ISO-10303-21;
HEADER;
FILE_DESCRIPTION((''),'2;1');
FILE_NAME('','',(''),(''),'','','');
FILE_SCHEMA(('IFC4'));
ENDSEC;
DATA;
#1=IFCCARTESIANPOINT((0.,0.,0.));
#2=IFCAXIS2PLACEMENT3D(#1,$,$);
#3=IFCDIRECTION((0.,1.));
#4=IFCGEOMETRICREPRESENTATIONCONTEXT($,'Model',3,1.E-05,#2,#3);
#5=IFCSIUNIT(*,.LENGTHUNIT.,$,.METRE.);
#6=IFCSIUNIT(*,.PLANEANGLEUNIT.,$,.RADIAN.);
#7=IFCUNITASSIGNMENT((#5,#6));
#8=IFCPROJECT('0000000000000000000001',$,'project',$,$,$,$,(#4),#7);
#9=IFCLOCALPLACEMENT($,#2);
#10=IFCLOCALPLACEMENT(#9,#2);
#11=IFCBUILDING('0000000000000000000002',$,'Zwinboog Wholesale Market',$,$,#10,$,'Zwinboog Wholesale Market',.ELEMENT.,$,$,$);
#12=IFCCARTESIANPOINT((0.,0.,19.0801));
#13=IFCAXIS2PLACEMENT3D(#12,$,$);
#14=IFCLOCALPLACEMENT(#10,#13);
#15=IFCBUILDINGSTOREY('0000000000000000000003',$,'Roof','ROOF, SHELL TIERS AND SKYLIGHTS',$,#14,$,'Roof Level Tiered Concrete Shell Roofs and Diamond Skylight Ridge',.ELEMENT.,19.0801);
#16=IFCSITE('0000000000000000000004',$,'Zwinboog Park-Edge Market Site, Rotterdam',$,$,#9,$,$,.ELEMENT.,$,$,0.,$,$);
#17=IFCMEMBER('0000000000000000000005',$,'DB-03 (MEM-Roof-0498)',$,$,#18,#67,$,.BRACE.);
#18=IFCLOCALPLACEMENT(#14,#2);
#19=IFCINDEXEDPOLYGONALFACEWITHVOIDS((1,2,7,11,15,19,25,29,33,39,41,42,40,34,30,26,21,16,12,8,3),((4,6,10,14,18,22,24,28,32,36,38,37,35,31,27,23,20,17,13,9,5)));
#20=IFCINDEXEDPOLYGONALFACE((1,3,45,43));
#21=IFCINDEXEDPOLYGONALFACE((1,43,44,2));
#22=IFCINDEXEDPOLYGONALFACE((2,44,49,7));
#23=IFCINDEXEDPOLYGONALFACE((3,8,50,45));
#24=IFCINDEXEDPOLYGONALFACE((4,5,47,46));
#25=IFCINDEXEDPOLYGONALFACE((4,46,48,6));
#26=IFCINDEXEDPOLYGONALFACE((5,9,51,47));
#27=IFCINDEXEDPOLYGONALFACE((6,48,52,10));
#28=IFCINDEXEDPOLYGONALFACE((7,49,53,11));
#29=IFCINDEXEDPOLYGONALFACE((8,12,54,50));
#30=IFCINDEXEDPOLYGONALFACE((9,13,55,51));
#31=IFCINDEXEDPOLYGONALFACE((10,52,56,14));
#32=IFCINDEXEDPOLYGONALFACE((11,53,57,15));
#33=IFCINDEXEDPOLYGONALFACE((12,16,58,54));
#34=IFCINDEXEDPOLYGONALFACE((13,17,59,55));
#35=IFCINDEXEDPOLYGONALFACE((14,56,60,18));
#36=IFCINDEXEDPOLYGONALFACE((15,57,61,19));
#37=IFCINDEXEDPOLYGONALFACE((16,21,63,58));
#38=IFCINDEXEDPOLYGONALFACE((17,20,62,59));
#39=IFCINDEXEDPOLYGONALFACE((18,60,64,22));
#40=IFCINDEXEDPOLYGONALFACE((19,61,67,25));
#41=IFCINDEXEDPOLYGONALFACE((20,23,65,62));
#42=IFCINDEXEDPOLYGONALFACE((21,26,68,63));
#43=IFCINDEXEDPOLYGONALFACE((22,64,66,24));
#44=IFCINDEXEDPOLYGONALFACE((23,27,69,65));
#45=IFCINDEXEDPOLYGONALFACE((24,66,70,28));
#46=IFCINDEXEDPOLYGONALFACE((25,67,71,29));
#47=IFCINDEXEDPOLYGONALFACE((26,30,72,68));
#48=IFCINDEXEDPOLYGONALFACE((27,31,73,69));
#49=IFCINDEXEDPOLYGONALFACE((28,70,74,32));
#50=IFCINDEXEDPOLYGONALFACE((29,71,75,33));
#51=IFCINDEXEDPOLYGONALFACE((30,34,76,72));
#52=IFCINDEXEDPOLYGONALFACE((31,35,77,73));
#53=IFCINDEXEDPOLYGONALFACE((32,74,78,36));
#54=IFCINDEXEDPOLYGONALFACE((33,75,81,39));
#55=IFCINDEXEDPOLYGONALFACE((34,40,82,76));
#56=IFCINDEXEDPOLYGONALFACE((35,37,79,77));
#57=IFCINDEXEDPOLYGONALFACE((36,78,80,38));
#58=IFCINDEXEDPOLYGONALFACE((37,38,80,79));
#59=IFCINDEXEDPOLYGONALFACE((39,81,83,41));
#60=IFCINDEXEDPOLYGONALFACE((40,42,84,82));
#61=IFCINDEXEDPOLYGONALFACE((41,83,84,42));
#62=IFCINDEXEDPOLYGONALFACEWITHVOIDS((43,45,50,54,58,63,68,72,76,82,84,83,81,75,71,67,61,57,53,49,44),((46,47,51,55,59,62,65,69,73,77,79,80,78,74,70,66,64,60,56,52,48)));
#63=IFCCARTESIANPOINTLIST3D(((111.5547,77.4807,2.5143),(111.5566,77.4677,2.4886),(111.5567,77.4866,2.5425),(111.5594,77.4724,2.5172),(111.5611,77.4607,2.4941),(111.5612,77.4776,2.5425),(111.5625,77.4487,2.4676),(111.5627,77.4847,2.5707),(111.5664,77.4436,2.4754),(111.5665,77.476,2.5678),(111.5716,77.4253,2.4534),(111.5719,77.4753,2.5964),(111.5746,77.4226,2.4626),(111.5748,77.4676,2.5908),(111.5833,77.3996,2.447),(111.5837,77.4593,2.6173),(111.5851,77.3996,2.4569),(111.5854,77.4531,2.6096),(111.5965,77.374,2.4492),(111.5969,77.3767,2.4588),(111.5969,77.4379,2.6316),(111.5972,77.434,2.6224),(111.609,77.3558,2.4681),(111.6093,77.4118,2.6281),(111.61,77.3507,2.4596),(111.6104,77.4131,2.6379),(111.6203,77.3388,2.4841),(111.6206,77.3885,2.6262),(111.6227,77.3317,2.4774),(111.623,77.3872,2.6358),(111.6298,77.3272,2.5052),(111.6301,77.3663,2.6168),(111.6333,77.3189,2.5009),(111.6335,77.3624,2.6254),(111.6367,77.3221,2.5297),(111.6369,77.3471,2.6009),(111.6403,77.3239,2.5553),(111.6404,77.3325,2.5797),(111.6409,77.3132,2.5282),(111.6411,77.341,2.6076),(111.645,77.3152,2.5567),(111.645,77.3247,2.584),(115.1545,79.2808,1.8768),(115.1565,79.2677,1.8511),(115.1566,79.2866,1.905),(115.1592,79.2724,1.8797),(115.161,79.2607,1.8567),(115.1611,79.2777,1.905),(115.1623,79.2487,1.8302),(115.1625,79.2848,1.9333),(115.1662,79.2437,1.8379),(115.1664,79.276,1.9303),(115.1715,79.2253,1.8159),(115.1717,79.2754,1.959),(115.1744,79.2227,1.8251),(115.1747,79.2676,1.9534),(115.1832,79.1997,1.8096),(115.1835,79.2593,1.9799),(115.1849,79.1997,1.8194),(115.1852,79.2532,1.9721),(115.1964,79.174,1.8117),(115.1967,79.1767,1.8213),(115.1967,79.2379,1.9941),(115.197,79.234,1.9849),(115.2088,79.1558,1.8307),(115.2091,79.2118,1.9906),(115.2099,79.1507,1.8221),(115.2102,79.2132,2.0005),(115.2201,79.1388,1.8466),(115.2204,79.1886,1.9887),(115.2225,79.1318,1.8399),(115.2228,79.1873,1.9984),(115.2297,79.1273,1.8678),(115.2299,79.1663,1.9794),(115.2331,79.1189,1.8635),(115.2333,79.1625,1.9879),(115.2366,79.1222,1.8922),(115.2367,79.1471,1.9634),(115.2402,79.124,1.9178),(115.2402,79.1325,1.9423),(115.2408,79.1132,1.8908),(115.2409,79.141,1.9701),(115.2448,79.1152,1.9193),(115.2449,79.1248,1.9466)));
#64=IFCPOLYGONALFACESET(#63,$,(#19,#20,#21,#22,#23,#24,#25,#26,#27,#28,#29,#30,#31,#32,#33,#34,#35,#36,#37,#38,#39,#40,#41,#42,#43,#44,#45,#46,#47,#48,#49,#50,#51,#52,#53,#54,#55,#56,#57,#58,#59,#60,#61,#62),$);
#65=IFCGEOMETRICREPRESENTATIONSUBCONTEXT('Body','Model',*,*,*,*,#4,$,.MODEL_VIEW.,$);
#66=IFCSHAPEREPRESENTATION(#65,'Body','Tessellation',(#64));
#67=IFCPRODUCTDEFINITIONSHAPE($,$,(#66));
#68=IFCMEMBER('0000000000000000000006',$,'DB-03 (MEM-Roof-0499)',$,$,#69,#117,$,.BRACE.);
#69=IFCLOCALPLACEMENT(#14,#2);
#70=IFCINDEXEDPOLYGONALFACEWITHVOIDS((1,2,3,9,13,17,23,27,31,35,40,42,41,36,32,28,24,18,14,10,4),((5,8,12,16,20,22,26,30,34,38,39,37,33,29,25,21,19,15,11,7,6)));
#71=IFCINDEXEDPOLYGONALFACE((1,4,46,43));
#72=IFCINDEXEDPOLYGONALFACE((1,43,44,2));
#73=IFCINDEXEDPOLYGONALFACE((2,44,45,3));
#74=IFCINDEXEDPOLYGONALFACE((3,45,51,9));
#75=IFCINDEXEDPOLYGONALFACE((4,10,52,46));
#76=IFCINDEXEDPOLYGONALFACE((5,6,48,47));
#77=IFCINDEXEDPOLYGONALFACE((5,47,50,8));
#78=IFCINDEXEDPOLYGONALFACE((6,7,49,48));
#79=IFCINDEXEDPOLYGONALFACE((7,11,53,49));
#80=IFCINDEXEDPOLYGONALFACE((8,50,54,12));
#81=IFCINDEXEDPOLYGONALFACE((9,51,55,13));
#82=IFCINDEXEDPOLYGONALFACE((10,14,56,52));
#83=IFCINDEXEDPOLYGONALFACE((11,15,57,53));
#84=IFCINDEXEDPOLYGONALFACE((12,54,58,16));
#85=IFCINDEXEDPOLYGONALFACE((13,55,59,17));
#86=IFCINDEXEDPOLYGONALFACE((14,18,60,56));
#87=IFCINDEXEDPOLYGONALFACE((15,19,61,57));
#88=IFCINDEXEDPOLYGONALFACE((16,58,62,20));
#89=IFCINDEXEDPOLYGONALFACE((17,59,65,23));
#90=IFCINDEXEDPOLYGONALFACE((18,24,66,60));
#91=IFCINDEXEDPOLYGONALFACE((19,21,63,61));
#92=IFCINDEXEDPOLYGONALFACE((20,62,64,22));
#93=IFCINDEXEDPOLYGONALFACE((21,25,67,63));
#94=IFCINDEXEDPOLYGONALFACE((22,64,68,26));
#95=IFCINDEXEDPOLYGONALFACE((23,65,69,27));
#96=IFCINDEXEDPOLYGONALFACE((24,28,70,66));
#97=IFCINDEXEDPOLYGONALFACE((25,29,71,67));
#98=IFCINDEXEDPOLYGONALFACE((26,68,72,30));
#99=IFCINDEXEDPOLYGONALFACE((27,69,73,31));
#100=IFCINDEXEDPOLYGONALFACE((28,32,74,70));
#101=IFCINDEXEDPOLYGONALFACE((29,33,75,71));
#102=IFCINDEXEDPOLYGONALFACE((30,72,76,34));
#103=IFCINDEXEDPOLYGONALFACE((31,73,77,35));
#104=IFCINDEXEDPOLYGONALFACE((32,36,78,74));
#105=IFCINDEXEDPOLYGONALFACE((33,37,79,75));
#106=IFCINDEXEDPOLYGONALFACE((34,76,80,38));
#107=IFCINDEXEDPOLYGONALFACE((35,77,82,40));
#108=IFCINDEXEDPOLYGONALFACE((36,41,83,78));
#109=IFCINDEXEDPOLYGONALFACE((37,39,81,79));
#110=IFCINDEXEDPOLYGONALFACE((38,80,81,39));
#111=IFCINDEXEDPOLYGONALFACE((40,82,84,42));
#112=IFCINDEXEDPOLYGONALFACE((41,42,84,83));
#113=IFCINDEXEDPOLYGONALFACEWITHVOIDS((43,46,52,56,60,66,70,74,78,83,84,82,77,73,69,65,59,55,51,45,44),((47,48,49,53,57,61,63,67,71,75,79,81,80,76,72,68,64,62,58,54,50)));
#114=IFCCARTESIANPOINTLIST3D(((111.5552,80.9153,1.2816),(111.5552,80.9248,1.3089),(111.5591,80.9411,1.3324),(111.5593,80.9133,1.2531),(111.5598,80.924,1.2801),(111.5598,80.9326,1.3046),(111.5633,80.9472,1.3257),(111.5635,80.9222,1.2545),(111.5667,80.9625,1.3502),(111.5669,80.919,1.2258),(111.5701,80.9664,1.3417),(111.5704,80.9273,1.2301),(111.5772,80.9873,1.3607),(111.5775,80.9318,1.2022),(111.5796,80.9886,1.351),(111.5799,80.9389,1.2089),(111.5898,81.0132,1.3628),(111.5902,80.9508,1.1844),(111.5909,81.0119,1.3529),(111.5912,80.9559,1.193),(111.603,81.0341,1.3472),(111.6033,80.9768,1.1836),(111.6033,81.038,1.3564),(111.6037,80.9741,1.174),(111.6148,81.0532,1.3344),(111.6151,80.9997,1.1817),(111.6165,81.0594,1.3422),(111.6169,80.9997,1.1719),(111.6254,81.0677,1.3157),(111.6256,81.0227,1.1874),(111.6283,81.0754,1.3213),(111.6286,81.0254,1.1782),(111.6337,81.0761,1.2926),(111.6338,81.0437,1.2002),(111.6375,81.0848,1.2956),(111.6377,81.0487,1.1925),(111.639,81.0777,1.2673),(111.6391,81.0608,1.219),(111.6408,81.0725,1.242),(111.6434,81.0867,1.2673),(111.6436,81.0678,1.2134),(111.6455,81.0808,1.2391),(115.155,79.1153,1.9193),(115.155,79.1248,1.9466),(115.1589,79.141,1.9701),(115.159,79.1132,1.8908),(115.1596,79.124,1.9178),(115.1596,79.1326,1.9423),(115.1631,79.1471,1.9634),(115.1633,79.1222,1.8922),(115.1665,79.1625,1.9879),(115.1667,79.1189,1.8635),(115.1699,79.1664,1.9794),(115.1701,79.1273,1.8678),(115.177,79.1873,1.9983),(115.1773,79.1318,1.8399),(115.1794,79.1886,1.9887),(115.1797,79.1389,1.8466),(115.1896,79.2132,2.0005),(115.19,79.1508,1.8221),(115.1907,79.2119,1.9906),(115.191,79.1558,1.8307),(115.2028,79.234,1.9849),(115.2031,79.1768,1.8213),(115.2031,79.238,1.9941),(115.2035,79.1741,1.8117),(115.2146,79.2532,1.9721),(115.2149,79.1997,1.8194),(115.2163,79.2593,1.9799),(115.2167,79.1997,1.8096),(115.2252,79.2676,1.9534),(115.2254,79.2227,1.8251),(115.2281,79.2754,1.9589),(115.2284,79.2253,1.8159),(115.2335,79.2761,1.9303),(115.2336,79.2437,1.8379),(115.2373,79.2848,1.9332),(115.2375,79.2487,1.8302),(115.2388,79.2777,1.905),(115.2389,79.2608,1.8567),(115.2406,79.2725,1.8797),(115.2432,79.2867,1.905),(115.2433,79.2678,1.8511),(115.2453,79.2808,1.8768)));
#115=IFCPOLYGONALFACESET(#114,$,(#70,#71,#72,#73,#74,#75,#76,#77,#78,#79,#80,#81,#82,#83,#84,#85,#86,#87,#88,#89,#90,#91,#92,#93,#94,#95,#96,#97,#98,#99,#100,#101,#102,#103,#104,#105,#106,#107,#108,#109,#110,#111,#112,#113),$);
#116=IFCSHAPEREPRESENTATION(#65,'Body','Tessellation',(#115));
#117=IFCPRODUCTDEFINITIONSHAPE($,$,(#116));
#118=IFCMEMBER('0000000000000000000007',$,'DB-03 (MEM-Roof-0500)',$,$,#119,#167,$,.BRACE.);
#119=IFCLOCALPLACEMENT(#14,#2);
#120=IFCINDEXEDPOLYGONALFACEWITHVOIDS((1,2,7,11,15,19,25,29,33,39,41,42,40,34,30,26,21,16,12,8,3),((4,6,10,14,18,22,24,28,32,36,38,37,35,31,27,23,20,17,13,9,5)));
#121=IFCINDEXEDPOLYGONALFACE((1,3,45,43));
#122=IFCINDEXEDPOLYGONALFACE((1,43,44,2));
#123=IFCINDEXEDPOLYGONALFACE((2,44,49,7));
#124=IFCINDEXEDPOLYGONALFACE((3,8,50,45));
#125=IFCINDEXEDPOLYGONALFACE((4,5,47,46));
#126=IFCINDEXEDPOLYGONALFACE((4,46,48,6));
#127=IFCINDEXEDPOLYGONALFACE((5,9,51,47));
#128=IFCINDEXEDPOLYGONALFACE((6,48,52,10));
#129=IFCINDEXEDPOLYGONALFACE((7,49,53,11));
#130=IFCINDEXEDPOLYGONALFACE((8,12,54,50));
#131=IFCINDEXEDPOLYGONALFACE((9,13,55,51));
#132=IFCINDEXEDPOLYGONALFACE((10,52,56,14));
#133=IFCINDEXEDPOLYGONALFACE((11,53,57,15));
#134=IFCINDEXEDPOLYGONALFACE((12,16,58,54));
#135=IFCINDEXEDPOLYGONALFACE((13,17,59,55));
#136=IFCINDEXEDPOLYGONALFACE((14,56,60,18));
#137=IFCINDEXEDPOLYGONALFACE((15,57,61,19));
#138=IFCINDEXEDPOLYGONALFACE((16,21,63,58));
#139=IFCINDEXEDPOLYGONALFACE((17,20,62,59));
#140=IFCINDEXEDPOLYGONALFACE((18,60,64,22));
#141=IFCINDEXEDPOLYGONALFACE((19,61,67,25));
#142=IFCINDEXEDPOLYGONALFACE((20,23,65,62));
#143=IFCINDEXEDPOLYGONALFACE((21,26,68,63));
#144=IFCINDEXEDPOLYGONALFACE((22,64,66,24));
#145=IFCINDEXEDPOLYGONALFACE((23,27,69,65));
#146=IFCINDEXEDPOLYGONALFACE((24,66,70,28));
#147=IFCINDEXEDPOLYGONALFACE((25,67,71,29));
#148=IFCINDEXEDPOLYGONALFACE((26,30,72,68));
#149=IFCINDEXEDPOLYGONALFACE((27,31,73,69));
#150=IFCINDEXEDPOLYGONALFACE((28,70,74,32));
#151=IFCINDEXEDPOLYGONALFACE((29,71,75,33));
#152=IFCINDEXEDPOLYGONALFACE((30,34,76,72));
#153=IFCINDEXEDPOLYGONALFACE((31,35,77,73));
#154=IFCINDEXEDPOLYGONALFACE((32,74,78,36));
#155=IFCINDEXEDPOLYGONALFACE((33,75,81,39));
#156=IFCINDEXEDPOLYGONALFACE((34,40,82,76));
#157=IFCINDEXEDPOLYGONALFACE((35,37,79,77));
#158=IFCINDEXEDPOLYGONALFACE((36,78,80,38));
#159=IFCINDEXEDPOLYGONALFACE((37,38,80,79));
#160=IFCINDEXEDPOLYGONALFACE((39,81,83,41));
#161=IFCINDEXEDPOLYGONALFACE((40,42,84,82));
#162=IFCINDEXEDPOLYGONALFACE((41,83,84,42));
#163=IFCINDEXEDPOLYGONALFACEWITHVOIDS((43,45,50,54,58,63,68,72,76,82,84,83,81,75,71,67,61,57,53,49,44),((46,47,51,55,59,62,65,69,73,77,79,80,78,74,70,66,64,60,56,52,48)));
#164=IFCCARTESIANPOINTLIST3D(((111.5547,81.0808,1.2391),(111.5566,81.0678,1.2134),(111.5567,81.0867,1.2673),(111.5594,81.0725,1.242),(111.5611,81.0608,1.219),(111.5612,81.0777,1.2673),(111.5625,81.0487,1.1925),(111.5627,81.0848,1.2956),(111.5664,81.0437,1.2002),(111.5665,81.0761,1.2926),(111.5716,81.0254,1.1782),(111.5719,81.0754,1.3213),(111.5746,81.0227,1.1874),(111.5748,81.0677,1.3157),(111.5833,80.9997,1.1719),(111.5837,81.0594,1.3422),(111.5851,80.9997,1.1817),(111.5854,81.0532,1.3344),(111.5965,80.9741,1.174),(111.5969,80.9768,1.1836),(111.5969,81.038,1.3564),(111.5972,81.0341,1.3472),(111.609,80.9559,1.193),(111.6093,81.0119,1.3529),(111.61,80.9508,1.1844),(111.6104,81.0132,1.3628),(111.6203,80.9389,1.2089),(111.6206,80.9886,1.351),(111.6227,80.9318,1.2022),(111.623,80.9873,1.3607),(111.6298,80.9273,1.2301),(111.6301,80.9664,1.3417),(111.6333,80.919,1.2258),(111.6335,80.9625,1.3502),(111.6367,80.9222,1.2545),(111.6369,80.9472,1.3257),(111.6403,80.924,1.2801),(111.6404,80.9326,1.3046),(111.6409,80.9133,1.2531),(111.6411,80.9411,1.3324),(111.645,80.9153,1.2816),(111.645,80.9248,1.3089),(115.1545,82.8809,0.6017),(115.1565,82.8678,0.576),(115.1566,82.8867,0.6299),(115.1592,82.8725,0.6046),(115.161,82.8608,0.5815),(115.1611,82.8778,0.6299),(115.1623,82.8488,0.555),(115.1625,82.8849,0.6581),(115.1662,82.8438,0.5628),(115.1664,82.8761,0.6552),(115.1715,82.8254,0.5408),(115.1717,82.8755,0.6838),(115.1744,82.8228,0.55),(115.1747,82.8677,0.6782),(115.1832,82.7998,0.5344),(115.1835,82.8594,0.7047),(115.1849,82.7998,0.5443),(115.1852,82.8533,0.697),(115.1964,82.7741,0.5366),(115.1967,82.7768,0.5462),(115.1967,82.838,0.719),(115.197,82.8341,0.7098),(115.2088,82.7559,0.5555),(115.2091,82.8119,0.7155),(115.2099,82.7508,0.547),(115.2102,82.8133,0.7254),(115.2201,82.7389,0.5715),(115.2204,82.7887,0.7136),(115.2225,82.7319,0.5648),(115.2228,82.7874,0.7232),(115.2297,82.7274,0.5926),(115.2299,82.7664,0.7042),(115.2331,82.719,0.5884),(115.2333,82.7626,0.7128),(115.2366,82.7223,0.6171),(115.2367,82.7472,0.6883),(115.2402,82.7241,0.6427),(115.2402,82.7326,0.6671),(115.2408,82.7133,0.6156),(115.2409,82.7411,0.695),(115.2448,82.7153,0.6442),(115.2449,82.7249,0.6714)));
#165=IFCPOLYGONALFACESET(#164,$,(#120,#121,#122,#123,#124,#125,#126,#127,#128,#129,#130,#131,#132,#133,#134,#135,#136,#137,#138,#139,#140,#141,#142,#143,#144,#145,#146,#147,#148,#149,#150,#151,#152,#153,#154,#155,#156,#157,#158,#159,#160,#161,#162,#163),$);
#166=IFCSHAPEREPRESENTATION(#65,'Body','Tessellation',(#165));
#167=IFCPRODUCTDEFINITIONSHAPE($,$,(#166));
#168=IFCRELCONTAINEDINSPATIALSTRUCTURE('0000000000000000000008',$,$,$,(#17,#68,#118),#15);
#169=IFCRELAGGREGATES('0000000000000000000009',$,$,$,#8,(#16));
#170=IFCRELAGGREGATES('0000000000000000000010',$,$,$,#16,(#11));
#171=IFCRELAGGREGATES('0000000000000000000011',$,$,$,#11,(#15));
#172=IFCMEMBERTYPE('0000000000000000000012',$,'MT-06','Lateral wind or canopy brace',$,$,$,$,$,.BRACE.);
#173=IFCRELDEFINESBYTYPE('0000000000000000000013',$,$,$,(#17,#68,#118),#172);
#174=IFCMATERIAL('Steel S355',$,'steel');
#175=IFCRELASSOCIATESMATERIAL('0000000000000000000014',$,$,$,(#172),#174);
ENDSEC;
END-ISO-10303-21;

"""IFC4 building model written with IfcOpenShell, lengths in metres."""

from ifc_helpers import new_model, si_unit, direction, frame, origin, origin_2d, place, context, subcontext, project, spatial, hollow_circle, extrude, material, material_profile, profile_set, type_object, element, save


model = new_model("IFC4")

# Units and contexts
model_context = context("Model", 3, precision=1e-05, world=origin(), true_north=direction((0.0, 1.0)))
body_context = subcontext(model_context, "Body", "Model", "MODEL_VIEW")
ifc_project = project(units=[si_unit("LENGTHUNIT", "METRE"), si_unit("PLANEANGLEUNIT", "RADIAN")], contexts=[model_context])

# Site, building, storey
site_placement = place(None, origin())
site = spatial("IfcSite", under=ifc_project, at=site_placement, Name="Zwinboog Park-Edge Market Site, Rotterdam", CompositionType="ELEMENT", RefElevation=0.0)
building_placement = place(site_placement, origin())
building = spatial("IfcBuilding", under=site, at=building_placement, Name="Zwinboog Wholesale Market", LongName="Zwinboog Wholesale Market", CompositionType="ELEMENT")
storey_placement = place(building_placement, frame((0.0, 0.0, 19.0801)))
storey = spatial("IfcBuildingStorey", under=building, at=storey_placement, Name="Roof", Description="ROOF, SHELL TIERS AND SKYLIGHTS", LongName="Roof Level Tiered Concrete Shell Roofs and Diamond Skylight Ridge", CompositionType="ELEMENT", Elevation=19.0801)

# Members
ifc_material_1 = material(Name="Steel S355", Category="steel")
ifc_material_profile_1 = material_profile(ifc_material_1, hollow_circle(Radius=0.0969, WallThickness=0.01, at=origin_2d()), Name="CHS 193.7x10")
ifc_profile_set_1 = profile_set([ifc_material_profile_1], Name="Steel S355")
member_type_1 = type_object("IfcMemberType", Name="MT-06", Description="Lateral wind or canopy brace", PredefinedType="BRACE", material=ifc_profile_set_1)
for number, where, z_axis, x_axis, name in (
    (1, (111.6001, 77.3999, 2.5425), (0.883404, 0.441732, -0.15643), (-0.447238, 0.894415, 0.0), "DB-03 (MEM-Roof-0498)"),
    (2, (111.6001, 81.0, 1.2673), (0.883396, -0.441728, 0.156489), (0.447238, 0.894415, 0.0), "DB-03 (MEM-Roof-0499)"),
    (3, (111.6001, 81.0, 1.2673), (0.883404, 0.441732, -0.15643), (-0.447238, 0.894415, 0.0), "DB-03 (MEM-Roof-0500)"),
):
    element("IfcMember", number, at=place(storey_placement, frame(where, z_axis=z_axis, x_axis=x_axis)), inside=storey, type_object=member_type_1, Name=name, PredefinedType="BRACE", context=body_context, shape_type="SweptSolid", body=[
        extrude(hollow_circle(Radius=0.0969, WallThickness=0.01, at=origin_2d()), origin(), (0.0, 0.0, 1.0), 4.075),
    ])

save(model, "model.ifc")
